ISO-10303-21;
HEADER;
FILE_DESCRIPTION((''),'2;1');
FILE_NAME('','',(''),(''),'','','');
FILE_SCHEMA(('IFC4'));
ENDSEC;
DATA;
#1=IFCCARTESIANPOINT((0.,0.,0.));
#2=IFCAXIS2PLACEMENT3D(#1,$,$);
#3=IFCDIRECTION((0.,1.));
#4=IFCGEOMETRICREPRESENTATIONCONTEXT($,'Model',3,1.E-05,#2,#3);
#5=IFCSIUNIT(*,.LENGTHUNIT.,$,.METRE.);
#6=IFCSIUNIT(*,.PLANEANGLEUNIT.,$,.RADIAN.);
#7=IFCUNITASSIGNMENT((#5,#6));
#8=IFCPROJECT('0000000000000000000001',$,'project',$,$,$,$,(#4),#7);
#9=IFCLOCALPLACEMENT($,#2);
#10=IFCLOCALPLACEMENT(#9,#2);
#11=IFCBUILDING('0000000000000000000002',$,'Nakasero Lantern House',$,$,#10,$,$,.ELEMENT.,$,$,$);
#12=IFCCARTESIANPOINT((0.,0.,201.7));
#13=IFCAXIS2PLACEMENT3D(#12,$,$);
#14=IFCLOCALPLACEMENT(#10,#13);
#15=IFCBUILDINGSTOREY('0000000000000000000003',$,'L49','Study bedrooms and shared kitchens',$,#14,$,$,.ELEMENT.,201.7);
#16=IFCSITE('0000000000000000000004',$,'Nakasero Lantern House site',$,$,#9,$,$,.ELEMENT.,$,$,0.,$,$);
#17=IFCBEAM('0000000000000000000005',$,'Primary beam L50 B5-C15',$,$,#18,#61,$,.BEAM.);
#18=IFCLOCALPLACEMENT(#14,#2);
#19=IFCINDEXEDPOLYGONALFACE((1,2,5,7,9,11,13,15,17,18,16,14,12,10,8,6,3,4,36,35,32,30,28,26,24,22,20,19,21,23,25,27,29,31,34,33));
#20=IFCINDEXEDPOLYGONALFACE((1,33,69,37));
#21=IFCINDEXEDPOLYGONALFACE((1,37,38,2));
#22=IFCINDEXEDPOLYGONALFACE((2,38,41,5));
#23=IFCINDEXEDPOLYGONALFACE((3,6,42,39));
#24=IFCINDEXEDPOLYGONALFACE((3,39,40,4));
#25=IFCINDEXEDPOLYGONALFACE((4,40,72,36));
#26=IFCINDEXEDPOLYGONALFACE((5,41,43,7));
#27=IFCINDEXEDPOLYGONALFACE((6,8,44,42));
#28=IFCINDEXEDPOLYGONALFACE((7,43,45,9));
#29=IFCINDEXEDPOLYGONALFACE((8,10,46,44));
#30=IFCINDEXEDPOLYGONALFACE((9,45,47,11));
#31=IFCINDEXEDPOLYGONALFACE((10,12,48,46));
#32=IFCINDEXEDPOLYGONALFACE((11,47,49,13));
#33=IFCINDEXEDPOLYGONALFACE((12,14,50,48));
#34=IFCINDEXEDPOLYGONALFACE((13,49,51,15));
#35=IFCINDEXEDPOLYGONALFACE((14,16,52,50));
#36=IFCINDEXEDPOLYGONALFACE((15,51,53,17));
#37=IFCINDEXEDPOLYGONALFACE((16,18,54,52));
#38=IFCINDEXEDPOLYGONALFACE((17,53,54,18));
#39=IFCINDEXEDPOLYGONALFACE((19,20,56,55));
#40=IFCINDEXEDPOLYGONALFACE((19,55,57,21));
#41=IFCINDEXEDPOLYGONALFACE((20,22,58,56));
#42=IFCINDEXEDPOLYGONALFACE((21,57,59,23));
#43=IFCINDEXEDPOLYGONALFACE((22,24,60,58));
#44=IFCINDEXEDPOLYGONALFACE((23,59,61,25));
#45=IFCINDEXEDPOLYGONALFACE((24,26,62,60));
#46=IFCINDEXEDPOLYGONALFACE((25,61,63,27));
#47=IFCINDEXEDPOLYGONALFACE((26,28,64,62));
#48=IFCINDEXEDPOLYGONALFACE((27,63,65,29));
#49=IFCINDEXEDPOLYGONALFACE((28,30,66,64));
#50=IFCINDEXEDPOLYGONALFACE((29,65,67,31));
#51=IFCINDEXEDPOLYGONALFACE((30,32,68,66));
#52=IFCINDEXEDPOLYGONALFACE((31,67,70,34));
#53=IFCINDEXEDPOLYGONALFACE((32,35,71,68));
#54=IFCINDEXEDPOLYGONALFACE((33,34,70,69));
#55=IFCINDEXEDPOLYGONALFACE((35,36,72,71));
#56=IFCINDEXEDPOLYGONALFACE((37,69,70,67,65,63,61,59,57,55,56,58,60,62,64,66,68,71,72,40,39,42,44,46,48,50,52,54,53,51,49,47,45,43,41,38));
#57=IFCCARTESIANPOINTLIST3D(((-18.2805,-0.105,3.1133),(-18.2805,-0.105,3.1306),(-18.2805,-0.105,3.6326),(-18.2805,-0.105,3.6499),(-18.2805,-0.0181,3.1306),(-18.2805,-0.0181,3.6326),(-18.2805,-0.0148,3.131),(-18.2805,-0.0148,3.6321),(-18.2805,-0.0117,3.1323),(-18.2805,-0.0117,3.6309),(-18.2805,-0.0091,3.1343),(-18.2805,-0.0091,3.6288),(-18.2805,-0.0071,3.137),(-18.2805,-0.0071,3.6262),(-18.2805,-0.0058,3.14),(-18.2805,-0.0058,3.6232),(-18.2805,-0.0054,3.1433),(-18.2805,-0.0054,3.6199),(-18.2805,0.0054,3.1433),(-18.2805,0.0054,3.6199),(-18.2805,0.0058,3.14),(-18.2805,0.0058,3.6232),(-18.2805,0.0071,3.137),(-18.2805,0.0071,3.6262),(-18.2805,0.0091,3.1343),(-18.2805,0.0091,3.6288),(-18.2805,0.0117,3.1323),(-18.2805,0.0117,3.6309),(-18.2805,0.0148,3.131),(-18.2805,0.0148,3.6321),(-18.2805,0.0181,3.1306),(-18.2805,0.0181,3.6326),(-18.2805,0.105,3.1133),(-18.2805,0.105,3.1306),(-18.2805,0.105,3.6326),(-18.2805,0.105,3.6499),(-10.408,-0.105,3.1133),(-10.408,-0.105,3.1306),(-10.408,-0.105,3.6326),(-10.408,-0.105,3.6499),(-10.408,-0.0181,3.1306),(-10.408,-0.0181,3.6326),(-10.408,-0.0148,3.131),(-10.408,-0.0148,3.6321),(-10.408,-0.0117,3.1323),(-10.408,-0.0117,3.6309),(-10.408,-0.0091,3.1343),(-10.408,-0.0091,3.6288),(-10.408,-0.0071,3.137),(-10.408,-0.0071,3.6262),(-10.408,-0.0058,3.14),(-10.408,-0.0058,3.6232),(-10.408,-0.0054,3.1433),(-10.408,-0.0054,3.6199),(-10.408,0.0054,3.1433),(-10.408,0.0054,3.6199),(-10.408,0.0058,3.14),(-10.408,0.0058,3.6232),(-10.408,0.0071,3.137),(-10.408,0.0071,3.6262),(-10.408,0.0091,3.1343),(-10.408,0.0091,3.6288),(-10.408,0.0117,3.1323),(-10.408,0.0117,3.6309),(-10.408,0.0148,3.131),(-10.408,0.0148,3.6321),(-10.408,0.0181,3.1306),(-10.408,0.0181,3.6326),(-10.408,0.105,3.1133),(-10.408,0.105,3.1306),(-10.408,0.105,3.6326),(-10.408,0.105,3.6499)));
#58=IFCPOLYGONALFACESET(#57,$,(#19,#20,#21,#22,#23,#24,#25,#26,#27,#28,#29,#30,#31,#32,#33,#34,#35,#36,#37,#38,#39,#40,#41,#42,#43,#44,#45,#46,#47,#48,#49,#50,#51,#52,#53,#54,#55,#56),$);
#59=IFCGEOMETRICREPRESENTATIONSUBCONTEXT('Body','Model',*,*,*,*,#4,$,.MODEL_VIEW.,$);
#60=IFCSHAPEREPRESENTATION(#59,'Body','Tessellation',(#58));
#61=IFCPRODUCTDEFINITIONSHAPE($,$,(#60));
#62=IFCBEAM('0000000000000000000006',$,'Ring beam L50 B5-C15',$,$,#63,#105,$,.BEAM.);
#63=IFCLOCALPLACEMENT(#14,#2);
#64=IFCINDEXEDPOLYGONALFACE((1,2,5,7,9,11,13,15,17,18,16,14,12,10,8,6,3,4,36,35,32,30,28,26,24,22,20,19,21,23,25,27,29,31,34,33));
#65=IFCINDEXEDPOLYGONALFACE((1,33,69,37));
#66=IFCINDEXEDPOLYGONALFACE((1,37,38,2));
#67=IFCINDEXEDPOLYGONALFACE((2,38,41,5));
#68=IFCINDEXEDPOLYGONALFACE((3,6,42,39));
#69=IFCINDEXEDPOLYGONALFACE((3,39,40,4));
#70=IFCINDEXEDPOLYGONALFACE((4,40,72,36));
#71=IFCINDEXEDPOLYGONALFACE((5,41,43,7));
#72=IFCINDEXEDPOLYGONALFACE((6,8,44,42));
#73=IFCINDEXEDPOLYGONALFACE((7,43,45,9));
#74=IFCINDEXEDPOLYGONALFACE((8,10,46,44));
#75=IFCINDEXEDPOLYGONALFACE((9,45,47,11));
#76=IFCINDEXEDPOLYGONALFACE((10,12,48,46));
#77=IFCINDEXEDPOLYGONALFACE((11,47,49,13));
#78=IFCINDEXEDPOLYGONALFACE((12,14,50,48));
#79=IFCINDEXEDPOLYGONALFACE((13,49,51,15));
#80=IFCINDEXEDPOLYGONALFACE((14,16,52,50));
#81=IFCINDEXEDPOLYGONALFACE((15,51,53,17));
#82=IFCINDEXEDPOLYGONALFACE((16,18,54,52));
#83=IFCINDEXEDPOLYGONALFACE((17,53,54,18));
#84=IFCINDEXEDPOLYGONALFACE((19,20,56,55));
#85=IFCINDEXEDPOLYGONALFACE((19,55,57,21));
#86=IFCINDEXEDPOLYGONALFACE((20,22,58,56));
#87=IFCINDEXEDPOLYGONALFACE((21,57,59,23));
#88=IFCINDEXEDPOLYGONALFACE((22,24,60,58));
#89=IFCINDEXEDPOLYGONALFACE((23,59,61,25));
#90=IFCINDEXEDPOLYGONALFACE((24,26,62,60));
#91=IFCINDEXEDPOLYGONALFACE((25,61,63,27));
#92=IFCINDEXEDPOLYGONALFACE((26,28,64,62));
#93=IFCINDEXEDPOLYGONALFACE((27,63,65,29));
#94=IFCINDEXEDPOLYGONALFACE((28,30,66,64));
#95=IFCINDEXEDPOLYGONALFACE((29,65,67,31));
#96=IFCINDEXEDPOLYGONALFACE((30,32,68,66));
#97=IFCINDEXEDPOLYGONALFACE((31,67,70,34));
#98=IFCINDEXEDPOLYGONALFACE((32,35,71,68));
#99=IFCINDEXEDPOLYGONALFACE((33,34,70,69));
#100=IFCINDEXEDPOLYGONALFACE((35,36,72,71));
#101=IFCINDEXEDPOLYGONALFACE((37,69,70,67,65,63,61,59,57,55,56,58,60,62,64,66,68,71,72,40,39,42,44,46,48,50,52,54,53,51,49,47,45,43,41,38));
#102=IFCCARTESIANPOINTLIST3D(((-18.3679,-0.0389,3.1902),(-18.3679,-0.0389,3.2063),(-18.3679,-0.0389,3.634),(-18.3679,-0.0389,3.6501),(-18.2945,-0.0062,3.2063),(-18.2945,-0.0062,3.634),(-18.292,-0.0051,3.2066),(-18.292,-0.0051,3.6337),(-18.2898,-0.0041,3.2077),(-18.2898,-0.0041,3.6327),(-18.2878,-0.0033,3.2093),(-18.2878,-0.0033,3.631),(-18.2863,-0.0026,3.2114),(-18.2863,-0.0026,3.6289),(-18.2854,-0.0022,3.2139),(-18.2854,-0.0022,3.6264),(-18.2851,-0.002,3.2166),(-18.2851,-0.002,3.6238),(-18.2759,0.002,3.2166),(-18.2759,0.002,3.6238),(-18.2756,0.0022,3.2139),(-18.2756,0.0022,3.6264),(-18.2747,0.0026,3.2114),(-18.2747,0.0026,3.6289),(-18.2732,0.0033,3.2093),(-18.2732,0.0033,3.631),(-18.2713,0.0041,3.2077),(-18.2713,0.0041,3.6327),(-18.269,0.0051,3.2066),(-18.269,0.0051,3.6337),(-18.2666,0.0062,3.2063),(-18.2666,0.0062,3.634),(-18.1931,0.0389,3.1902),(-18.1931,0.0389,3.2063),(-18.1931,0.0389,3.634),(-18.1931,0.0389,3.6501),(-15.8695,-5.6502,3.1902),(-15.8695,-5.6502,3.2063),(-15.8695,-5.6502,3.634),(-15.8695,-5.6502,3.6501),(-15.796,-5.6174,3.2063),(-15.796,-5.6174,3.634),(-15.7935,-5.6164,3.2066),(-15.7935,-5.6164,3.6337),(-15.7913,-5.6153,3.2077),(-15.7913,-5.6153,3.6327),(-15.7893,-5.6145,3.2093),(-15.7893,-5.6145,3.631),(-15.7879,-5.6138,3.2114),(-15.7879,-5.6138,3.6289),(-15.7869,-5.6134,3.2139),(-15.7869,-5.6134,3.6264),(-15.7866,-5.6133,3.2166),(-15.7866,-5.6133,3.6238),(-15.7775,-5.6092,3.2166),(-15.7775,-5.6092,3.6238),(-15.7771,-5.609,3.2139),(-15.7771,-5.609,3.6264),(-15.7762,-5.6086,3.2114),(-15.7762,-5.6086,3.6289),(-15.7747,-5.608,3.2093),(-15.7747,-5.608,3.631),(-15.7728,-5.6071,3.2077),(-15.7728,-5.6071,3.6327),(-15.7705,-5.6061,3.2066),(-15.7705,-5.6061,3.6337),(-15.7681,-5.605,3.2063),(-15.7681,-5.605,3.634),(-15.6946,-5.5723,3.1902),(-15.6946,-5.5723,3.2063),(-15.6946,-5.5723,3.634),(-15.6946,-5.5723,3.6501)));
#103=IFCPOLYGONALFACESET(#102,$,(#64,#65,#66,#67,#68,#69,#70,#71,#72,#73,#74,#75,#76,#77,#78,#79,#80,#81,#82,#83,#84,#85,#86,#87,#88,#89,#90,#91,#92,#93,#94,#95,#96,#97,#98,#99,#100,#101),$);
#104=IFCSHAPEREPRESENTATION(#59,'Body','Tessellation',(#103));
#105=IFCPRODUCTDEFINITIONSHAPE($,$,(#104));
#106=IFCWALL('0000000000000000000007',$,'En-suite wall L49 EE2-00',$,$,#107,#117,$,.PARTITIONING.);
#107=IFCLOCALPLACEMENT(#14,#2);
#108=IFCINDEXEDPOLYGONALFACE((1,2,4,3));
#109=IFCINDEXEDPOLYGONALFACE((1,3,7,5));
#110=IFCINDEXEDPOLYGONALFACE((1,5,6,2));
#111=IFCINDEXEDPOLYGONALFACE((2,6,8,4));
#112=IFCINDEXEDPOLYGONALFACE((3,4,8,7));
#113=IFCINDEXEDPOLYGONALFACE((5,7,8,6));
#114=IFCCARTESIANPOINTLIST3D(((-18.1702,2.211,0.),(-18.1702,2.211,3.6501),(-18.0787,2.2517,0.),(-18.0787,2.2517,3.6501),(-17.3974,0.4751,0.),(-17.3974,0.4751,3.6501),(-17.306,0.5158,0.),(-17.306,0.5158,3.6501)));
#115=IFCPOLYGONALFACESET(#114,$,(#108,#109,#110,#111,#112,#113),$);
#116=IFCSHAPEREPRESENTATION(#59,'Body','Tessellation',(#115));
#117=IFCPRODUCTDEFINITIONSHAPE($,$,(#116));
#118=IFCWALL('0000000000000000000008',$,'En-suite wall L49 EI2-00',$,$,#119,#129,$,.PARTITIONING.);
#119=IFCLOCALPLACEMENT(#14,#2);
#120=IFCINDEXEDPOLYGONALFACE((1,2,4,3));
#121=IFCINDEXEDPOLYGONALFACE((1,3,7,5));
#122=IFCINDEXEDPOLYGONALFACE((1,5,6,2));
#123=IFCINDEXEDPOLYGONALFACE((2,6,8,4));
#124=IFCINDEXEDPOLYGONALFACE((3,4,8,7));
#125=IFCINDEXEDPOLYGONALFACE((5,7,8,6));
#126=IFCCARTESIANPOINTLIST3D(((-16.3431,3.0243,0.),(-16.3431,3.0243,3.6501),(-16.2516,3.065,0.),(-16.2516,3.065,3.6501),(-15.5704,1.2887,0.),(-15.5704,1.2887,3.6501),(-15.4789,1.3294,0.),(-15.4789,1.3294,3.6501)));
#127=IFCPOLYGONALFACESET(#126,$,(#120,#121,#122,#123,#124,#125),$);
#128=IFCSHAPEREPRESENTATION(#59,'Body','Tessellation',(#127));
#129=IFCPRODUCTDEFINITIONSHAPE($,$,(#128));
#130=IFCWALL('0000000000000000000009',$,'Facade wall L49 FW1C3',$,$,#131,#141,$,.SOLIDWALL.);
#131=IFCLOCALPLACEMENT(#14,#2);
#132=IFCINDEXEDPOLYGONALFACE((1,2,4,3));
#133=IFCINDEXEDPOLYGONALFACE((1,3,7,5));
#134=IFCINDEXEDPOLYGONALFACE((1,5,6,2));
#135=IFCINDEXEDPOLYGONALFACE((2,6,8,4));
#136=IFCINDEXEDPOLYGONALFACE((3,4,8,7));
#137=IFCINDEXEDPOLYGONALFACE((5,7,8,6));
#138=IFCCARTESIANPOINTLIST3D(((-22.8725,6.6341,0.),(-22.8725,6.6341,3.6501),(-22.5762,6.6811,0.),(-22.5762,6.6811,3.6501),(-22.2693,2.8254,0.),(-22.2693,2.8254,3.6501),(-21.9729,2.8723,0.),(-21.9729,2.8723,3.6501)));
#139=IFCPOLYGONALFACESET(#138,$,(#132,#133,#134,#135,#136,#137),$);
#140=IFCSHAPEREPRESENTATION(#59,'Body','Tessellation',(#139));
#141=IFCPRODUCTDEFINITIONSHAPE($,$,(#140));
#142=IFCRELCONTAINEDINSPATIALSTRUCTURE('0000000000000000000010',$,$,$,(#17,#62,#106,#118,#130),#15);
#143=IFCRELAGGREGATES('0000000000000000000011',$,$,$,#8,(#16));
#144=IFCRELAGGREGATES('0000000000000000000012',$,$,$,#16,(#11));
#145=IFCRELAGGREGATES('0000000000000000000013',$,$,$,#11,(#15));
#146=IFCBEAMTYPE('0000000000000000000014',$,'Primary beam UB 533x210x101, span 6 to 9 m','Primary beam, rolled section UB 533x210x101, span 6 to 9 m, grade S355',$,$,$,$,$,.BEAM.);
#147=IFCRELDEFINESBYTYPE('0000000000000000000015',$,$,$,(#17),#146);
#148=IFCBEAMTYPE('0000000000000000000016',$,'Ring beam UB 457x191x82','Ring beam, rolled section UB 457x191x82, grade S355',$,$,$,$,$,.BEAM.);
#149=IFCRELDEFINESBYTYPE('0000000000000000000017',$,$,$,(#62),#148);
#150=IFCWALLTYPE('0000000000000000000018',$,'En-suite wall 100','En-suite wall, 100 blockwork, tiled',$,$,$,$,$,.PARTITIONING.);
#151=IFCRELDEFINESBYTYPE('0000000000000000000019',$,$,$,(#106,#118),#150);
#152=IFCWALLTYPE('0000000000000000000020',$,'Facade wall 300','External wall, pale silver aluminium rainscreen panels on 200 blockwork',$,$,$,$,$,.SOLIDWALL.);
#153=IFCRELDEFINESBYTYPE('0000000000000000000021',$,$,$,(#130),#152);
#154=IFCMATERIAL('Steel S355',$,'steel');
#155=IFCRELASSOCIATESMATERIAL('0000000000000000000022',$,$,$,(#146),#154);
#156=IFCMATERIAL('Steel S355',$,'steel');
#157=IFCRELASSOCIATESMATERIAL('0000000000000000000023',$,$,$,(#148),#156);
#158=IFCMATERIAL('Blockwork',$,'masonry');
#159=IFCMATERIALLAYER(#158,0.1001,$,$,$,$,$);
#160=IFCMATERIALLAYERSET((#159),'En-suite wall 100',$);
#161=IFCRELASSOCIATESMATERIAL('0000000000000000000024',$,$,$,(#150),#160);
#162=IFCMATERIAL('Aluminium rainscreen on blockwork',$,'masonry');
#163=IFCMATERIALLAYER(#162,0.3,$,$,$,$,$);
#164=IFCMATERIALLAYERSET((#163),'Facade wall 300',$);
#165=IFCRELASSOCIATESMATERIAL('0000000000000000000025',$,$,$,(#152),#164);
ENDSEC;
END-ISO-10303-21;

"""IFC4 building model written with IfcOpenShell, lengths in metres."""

from ifc_helpers import new_model, si_unit, direction, frame, frame_2d, origin, origin_2d, place, context, subcontext, project, spatial, rectangle, i_section, extrude, material, layer, layer_set, material_profile, profile_set, type_object, element, save


model = new_model("IFC4")

# Units and contexts
model_context = context("Model", 3, precision=1e-05, world=origin(), true_north=direction((0.0, 1.0)))
body_context = subcontext(model_context, "Body", "Model", "MODEL_VIEW")
ifc_project = project(units=[si_unit("LENGTHUNIT", "METRE"), si_unit("PLANEANGLEUNIT", "RADIAN")], contexts=[model_context])

# Site, building, storey
site_placement = place(None, origin())
site = spatial("IfcSite", under=ifc_project, at=site_placement, Name="Nakasero Lantern House site", CompositionType="ELEMENT", RefElevation=0.0)
building_placement = place(site_placement, origin())
building = spatial("IfcBuilding", under=site, at=building_placement, Name="Nakasero Lantern House", CompositionType="ELEMENT")
storey_placement = place(building_placement, frame((0.0, 0.0, 201.7)))
storey = spatial("IfcBuildingStorey", under=building, at=storey_placement, Name="L49", Description="Study bedrooms and shared kitchens", CompositionType="ELEMENT", Elevation=201.7)

# Beams
ifc_material_1 = material(Name="Steel S355", Category="steel")
ifc_material_profile_1 = material_profile(ifc_material_1, i_section(OverallWidth=0.21, OverallDepth=0.5366, WebThickness=0.0107, FlangeThickness=0.0173, FilletRadius=0.0127, at=origin_2d()), Name="UB 533x210x101")
ifc_profile_set_1 = profile_set([ifc_material_profile_1], Name="Steel S355")
beam_type_1 = type_object("IfcBeamType", Name="Primary beam UB 533x210x101, span 6 to 9 m", Description="Primary beam, rolled section UB 533x210x101, span 6 to 9 m, grade S355", PredefinedType="BEAM", material=ifc_profile_set_1)
beam_1_placement = place(storey_placement, frame((-18.2805, 0.0, 3.3816), z_axis=(1.0, 0.0, 0.0), x_axis=(0.0, 1.0, 0.0)))
element("IfcBeam", 1, at=beam_1_placement, inside=storey, type_object=beam_type_1, Name="Primary beam L50 B5-C15", PredefinedType="BEAM", context=body_context, shape_type="SweptSolid", body=[
    extrude(i_section(OverallWidth=0.21, OverallDepth=0.5366, WebThickness=0.0107, FlangeThickness=0.0173, FilletRadius=0.0127, at=origin_2d()), origin(), (0.0, 0.0, 1.0), 7.8726),
])
ifc_material_2 = material(Name="Steel S355", Category="steel")
ifc_material_profile_2 = material_profile(ifc_material_2, i_section(OverallWidth=0.1914, OverallDepth=0.46, WebThickness=0.01, FlangeThickness=0.0161, FilletRadius=0.0103, at=origin_2d()), Name="UB 457x191x82")
ifc_profile_set_2 = profile_set([ifc_material_profile_2], Name="Steel S355")
beam_type_2 = type_object("IfcBeamType", Name="Ring beam UB 457x191x82", Description="Ring beam, rolled section UB 457x191x82, grade S355", PredefinedType="BEAM", material=ifc_profile_set_2)
beam_2_placement = place(storey_placement, frame((-18.2805, 0.0, 3.4202), z_axis=(0.406765, -0.913533, 0.0), x_axis=(0.913533, 0.406765, 0.0)))
element("IfcBeam", 2, at=beam_2_placement, inside=storey, type_object=beam_type_2, Name="Ring beam L50 B5-C15", PredefinedType="BEAM", context=body_context, shape_type="SweptSolid", body=[
    extrude(i_section(OverallWidth=0.1914, OverallDepth=0.46, WebThickness=0.01, FlangeThickness=0.0161, FilletRadius=0.0103, at=origin_2d()), origin(), (0.0, 0.0, 1.0), 6.1423),
])

# Walls
ifc_material_3 = material(Name="Blockwork", Category="masonry")
ifc_layer_1 = layer(ifc_material_3, 0.1001)
ifc_layer_set_1 = layer_set([ifc_layer_1], Name="En-suite wall 100")
wall_type_1 = type_object("IfcWallType", Name="En-suite wall 100", Description="En-suite wall, 100 blockwork, tiled", PredefinedType="PARTITIONING", material=ifc_layer_set_1)
wall_1_placement = place(storey_placement, frame((-18.1245, 2.2314, 0.0), z_axis=(0.0, 0.0, 1.0), x_axis=(0.406675, -0.913573, 0.0)))
element("IfcWall", 3, at=wall_1_placement, inside=storey, type_object=wall_type_1, Name="En-suite wall L49 EE2-00", PredefinedType="PARTITIONING", context=body_context, shape_type="SweptSolid", body=[
    extrude(rectangle(XDim=1.9001, YDim=0.1001, at=frame_2d((0.9502, 0.0))), origin(), (0.0, 0.0, 1.0), 3.6501),
])
wall_2_placement = place(storey_placement, frame((-16.2974, 3.0447, 0.0), z_axis=(0.0, 0.0, 1.0), x_axis=(0.406723, -0.913552, 0.0)))
element("IfcWall", 4, at=wall_2_placement, inside=storey, type_object=wall_type_1, Name="En-suite wall L49 EI2-00", PredefinedType="PARTITIONING", context=body_context, shape_type="SweptSolid", body=[
    extrude(rectangle(XDim=1.8999, YDim=0.1001, at=frame_2d((0.95, 0.0))), origin(), (0.0, 0.0, 1.0), 3.6501),
])
ifc_material_4 = material(Name="Aluminium rainscreen on blockwork", Category="masonry")
ifc_layer_2 = layer(ifc_material_4, 0.3)
ifc_layer_set_2 = layer_set([ifc_layer_2], Name="Facade wall 300")
wall_type_2 = type_object("IfcWallType", Name="Facade wall 300", Description="External wall, pale silver aluminium rainscreen panels on 200 blockwork", PredefinedType="SOLIDWALL", material=ifc_layer_set_2)
wall_3_placement = place(storey_placement, frame((-22.7244, 6.6577, 0.0), z_axis=(0.0, 0.0, 1.0), x_axis=(0.156437, -0.987688, 0.0)))
element("IfcWall", 5, at=wall_3_placement, inside=storey, type_object=wall_type_2, Name="Facade wall L49 FW1C3", PredefinedType="SOLIDWALL", context=body_context, shape_type="SweptSolid", body=[
    extrude(rectangle(XDim=3.8562, YDim=0.3, at=frame_2d((1.9282, 0.0))), origin(), (0.0, 0.0, 1.0), 3.6501),
])

save(model, "model.ifc")
